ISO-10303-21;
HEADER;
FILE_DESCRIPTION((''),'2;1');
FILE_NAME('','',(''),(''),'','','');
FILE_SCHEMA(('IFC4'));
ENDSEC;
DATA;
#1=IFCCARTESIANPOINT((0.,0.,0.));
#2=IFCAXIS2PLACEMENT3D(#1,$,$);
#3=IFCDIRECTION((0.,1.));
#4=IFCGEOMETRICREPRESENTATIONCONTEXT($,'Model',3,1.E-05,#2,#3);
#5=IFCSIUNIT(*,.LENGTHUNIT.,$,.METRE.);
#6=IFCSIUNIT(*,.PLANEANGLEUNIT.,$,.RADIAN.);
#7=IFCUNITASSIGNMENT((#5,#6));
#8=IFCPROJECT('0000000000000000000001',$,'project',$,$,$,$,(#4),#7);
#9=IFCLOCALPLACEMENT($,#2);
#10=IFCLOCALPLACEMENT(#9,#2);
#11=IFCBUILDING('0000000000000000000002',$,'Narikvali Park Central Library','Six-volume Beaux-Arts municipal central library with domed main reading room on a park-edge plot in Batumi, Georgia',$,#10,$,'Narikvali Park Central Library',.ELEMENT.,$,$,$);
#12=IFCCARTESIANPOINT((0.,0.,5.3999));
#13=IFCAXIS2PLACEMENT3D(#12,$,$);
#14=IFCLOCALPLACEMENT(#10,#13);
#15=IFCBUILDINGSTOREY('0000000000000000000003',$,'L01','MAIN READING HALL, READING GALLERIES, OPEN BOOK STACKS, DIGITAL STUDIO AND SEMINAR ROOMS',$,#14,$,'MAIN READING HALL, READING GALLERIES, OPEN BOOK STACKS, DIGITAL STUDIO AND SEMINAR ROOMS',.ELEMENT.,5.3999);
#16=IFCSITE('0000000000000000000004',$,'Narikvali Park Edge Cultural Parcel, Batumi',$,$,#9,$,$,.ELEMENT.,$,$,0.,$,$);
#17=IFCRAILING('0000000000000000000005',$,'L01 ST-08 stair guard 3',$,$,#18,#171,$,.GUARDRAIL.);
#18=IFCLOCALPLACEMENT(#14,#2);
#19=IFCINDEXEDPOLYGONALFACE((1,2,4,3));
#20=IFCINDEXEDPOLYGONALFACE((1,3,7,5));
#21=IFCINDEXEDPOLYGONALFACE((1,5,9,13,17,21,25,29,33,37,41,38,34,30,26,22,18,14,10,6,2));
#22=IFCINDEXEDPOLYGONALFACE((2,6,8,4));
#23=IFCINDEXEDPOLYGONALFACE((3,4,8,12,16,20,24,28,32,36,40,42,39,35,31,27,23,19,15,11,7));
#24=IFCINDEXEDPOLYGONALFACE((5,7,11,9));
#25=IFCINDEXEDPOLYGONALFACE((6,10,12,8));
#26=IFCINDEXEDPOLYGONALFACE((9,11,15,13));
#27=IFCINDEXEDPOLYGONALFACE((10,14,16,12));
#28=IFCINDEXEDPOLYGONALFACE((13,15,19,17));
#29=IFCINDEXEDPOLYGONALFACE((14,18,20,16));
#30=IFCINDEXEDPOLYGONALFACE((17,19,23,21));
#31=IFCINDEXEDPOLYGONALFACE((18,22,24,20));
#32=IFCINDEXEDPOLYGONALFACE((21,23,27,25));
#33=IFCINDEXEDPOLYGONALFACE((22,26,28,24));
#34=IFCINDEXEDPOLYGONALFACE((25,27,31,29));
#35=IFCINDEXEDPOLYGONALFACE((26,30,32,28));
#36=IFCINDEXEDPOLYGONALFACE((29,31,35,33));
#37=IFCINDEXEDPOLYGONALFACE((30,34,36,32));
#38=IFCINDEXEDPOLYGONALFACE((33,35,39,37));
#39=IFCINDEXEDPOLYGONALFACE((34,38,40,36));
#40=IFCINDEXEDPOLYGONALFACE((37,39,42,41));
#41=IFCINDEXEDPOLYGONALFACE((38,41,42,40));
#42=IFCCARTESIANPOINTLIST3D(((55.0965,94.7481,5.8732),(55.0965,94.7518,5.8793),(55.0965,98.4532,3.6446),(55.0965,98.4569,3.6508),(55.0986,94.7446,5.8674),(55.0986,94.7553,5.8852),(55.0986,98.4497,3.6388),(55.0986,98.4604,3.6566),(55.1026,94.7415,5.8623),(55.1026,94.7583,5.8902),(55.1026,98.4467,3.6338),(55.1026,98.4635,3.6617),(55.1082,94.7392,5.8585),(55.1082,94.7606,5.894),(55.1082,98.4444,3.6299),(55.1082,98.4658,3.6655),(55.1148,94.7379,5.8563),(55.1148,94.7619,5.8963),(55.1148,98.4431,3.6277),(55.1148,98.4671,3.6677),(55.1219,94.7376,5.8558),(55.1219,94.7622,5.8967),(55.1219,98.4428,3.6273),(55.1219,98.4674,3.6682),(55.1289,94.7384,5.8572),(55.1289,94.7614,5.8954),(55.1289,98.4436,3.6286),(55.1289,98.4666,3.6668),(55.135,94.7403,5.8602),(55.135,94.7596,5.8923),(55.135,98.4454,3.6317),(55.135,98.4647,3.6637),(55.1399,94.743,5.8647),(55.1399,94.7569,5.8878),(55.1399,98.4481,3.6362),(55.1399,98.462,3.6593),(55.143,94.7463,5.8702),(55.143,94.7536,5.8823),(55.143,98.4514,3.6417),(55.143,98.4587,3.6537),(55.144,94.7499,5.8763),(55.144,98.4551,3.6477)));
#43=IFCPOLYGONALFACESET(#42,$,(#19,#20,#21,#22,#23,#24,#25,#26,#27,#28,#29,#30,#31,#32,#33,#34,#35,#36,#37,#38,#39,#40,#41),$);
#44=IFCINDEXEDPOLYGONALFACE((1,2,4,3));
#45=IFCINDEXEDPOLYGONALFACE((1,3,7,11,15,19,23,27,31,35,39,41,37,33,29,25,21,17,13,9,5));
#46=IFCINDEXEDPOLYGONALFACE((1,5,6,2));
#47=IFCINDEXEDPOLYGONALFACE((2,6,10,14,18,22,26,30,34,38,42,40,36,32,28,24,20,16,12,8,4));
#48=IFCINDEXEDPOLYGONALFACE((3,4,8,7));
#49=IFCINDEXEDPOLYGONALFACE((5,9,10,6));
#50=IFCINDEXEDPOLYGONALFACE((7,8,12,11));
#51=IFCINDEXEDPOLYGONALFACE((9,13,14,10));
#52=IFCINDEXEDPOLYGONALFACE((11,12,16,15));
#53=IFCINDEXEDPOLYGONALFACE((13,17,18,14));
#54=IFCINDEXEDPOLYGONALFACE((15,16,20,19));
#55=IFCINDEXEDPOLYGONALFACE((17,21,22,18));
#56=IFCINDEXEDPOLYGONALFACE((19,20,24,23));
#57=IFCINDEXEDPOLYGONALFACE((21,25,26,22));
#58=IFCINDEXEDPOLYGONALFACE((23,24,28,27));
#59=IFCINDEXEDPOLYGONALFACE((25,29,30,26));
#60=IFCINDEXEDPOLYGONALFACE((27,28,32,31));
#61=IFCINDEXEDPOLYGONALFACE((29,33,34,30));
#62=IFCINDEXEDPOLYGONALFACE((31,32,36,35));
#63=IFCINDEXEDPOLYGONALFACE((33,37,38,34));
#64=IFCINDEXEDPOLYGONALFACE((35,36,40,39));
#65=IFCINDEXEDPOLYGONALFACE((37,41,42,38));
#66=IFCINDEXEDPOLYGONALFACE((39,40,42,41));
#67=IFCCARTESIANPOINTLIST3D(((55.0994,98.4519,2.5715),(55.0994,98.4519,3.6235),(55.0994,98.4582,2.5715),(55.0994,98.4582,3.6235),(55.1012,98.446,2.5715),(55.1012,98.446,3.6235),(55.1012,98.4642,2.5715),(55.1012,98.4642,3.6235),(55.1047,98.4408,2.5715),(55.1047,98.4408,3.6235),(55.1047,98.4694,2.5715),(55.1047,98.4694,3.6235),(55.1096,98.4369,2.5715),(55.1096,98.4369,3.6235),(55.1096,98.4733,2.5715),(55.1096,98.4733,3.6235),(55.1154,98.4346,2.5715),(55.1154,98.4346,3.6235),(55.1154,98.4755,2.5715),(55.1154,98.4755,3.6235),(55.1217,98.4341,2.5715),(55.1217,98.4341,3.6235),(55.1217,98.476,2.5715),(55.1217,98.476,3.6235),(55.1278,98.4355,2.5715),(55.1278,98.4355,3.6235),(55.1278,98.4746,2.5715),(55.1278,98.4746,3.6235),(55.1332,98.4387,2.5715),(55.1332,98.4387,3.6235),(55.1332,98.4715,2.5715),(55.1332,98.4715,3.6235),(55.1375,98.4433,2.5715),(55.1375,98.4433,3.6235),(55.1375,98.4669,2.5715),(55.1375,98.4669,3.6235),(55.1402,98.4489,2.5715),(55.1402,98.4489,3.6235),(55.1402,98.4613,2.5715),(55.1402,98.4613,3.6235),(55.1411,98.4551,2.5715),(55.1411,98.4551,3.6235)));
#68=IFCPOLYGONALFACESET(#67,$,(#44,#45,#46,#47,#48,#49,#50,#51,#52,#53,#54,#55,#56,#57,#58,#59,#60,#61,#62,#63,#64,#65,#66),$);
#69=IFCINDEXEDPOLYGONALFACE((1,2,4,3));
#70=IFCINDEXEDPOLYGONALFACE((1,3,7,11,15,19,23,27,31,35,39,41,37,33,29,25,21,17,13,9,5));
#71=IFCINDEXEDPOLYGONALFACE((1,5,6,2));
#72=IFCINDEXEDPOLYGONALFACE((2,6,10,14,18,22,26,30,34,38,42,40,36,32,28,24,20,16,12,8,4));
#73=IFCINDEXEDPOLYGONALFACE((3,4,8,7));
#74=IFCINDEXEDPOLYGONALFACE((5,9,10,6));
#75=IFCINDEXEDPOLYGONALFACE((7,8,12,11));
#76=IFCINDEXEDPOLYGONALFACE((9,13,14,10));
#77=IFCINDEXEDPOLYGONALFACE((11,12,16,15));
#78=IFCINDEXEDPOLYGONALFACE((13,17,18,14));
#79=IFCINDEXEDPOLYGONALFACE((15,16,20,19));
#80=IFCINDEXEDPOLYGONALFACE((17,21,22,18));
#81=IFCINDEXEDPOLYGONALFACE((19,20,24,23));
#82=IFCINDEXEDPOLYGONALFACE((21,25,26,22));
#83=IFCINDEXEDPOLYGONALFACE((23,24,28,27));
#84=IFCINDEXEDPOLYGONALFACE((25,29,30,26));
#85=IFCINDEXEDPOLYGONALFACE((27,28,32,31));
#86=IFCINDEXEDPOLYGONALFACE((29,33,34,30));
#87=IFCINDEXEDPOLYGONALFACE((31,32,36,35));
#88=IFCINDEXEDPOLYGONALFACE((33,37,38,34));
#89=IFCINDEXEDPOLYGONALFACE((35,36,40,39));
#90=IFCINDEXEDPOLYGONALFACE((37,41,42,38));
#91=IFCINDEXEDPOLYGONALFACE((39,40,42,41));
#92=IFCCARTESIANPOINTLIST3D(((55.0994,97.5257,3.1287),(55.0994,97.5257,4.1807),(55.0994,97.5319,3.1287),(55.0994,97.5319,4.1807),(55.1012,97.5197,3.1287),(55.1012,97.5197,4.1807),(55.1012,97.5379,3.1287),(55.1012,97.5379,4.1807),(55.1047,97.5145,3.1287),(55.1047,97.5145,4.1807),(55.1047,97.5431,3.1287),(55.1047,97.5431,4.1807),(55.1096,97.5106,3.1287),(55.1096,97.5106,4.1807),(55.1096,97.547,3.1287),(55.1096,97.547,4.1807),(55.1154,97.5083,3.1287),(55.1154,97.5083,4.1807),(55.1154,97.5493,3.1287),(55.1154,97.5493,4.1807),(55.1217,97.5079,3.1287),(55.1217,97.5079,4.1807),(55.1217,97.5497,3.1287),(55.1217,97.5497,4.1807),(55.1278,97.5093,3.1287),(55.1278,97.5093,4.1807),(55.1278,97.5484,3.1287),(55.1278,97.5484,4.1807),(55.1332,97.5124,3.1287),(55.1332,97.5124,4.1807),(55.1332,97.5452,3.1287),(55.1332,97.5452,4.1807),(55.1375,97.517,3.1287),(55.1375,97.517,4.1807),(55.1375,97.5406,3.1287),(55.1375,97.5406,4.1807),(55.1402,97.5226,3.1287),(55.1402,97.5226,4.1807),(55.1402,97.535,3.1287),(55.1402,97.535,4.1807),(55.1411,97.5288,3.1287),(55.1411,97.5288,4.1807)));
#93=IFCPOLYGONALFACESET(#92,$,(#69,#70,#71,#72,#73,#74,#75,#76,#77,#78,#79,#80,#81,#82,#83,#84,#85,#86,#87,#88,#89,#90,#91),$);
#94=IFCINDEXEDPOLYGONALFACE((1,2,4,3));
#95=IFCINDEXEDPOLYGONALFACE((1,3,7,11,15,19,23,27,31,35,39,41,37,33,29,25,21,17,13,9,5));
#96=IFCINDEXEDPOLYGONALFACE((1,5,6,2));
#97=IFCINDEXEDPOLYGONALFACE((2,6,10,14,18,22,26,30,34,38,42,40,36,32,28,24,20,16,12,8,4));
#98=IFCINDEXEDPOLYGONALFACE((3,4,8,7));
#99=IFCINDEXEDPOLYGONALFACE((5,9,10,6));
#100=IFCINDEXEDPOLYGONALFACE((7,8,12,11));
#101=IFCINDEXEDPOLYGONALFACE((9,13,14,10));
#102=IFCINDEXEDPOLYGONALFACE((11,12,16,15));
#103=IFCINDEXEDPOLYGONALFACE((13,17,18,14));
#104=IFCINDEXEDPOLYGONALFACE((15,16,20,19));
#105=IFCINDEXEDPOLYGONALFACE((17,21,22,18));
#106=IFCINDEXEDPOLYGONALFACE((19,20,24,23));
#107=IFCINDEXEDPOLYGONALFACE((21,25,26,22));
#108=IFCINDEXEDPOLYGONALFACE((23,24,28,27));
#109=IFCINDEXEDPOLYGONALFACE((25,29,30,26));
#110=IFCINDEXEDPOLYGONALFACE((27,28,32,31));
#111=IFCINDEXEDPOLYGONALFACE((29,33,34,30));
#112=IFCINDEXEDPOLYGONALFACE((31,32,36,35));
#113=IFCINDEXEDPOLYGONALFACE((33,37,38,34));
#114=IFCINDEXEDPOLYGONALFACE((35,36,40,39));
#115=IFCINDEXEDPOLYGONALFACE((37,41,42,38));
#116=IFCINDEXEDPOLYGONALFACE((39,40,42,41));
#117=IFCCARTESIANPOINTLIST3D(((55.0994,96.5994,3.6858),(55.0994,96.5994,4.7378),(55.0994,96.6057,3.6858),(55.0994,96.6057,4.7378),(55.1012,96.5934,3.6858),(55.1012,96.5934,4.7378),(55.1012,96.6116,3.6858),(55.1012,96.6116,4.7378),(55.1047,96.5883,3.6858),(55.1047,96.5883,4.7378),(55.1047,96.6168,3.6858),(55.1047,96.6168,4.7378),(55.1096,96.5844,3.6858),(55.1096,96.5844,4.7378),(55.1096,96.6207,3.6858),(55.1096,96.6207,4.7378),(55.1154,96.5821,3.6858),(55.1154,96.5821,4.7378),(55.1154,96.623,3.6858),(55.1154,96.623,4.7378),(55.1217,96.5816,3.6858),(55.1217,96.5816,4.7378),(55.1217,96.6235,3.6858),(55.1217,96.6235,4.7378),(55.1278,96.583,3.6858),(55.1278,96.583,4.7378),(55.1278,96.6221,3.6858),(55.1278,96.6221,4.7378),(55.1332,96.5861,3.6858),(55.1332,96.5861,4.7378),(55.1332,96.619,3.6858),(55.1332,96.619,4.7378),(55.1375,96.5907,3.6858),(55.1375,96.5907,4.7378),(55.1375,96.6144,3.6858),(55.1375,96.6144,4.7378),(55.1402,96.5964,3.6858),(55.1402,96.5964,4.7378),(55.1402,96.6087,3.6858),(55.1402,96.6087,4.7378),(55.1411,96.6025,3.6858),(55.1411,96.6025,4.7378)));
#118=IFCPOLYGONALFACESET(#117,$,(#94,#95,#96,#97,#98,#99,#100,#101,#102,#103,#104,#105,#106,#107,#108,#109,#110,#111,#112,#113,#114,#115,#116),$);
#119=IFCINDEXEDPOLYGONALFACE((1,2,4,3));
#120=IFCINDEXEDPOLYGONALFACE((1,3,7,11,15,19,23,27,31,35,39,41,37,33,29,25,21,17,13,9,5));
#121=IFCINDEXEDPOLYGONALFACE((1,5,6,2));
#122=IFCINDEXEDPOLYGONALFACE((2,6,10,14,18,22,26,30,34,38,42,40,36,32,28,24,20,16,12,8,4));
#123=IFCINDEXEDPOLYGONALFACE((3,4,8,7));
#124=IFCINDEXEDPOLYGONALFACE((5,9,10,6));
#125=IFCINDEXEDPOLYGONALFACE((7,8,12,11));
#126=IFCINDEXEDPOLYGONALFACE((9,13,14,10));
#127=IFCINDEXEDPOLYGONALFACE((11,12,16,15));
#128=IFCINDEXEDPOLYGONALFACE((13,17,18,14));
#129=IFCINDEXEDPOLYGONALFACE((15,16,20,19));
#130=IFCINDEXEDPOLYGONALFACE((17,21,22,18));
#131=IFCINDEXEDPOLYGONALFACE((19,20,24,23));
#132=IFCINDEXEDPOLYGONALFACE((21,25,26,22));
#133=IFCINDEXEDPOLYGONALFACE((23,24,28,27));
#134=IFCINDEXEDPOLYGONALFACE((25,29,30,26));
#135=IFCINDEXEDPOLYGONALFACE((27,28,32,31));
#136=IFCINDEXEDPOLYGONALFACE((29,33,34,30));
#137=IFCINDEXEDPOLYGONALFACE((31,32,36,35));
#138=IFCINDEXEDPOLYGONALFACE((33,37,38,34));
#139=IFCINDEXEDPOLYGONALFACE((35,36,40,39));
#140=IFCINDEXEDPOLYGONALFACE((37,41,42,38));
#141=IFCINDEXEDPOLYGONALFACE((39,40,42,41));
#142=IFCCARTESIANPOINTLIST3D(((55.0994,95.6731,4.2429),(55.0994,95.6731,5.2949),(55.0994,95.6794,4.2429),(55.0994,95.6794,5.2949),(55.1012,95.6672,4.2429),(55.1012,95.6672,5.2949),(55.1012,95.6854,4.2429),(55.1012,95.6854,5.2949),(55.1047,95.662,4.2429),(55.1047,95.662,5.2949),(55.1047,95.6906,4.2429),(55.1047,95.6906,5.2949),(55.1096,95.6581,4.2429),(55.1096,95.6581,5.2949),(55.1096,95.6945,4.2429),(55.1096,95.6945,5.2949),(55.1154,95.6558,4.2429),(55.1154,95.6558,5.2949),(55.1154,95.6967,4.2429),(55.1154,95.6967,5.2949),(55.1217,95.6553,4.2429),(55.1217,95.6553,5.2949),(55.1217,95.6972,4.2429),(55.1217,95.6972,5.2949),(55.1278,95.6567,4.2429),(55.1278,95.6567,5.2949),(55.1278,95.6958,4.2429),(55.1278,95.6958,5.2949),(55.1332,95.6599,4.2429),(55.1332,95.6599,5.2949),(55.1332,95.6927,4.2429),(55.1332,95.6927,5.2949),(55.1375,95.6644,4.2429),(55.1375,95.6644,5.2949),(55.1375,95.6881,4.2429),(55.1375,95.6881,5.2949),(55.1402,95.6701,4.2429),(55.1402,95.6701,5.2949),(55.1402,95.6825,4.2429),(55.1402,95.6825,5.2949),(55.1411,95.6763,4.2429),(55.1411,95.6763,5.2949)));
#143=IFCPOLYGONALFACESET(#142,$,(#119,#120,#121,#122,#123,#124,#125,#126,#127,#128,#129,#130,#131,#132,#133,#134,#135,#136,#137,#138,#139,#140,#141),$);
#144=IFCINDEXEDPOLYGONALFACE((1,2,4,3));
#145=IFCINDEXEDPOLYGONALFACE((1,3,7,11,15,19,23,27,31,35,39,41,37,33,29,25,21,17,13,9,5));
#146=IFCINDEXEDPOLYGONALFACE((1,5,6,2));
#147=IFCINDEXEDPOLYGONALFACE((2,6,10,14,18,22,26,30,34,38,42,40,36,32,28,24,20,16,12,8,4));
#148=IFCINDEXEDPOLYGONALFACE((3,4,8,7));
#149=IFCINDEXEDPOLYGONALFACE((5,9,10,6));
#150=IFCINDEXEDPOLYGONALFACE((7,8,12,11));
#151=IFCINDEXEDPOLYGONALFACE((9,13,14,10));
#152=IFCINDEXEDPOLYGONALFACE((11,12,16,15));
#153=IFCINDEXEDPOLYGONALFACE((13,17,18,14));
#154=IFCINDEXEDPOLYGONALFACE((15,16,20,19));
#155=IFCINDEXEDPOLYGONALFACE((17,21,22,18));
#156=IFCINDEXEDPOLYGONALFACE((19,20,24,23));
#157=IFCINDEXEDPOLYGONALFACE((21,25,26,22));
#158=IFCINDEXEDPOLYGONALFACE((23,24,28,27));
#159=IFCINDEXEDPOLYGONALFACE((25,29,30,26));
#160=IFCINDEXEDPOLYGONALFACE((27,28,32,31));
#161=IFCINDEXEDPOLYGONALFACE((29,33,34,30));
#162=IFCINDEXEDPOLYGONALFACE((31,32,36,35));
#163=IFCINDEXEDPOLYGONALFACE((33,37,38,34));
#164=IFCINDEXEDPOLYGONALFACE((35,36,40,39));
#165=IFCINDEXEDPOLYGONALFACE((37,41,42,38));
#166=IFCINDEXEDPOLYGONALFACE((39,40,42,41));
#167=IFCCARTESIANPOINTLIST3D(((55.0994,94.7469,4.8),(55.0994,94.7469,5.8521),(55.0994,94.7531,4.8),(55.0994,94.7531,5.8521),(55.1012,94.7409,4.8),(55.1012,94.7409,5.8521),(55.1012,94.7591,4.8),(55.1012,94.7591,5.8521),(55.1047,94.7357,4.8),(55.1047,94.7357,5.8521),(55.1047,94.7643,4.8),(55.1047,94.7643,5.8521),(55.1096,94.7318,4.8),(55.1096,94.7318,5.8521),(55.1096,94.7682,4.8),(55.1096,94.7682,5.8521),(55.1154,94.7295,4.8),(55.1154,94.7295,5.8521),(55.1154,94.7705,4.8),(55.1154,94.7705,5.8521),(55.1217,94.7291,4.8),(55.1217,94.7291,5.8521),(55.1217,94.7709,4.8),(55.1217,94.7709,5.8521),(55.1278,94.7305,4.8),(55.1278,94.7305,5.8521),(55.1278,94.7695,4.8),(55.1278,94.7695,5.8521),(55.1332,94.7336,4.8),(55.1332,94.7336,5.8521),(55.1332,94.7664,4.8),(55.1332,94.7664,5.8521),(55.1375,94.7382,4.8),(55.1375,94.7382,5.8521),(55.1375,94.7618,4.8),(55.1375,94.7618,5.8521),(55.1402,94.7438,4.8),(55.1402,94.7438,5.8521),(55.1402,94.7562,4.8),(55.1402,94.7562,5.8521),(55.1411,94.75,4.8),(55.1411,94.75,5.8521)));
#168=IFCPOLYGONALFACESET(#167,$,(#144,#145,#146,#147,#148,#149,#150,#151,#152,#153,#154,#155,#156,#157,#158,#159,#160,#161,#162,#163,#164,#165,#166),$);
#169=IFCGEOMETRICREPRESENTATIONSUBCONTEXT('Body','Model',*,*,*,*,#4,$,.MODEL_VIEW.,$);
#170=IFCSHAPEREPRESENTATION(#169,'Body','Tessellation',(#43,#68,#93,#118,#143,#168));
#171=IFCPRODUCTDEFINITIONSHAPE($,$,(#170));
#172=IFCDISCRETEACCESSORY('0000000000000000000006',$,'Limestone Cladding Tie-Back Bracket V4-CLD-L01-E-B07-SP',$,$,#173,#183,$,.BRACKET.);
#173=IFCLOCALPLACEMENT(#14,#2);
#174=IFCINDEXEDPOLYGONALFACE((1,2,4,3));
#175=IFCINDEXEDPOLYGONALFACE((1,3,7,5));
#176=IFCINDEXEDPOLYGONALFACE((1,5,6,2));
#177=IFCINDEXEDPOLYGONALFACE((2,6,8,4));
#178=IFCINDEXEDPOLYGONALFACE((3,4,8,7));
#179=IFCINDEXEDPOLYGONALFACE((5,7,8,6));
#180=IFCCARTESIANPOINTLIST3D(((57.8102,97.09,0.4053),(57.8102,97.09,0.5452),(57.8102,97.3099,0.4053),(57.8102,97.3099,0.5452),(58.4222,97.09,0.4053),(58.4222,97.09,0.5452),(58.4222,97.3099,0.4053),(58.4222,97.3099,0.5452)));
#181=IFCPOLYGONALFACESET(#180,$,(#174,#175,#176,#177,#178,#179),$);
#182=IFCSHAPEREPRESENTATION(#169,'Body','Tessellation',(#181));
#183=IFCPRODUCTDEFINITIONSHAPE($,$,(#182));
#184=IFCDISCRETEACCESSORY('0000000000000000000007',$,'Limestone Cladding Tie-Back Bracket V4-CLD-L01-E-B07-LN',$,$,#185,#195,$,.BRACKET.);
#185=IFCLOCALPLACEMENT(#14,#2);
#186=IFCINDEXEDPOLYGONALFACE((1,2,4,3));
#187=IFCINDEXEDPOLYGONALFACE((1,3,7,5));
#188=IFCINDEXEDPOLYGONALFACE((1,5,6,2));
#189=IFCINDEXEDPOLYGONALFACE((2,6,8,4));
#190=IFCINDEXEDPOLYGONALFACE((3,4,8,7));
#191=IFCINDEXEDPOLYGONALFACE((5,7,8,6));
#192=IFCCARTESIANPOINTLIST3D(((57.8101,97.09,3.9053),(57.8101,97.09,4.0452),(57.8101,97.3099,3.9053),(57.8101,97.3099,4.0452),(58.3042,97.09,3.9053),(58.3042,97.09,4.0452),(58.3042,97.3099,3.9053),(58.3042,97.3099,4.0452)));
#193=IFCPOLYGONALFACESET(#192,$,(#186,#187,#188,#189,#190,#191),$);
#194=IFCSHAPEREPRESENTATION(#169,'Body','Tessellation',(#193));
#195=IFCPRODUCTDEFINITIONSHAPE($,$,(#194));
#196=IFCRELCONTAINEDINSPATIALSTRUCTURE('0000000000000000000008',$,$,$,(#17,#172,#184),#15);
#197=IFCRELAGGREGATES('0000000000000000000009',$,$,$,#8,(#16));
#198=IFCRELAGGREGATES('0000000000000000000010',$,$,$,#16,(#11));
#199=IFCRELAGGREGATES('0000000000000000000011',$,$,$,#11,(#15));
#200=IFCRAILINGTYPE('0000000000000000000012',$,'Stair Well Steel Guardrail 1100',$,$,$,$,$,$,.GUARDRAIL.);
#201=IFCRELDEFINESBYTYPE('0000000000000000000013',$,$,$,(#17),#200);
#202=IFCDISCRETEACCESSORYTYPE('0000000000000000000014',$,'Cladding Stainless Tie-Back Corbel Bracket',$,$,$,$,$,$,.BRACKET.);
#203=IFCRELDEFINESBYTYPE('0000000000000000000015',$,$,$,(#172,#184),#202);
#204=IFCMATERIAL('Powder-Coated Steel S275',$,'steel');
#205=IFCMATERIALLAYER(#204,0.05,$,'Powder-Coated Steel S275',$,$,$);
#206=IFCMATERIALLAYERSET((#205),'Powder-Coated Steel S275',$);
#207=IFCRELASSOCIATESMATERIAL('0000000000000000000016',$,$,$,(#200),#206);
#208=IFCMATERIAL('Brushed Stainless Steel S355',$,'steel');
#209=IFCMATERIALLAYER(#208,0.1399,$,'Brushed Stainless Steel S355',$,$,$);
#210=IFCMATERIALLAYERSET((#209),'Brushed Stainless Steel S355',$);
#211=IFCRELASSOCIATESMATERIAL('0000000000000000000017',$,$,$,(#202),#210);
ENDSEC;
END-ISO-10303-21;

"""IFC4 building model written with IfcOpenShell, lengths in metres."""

from ifc_helpers import new_model, si_unit, direction, frame, origin, origin_2d, place, context, subcontext, project, spatial, rectangle, circle, extrude, material, layer, layer_set, type_object, element, save


model = new_model("IFC4")

# Units and contexts
model_context = context("Model", 3, precision=1e-05, world=origin(), true_north=direction((0.0, 1.0)))
body_context = subcontext(model_context, "Body", "Model", "MODEL_VIEW")
ifc_project = project(units=[si_unit("LENGTHUNIT", "METRE"), si_unit("PLANEANGLEUNIT", "RADIAN")], contexts=[model_context])

# Site, building, storey
site_placement = place(None, origin())
site = spatial("IfcSite", under=ifc_project, at=site_placement, Name="Narikvali Park Edge Cultural Parcel, Batumi", CompositionType="ELEMENT", RefElevation=0.0)
building_placement = place(site_placement, origin())
building = spatial("IfcBuilding", under=site, at=building_placement, Name="Narikvali Park Central Library", Description="Six-volume Beaux-Arts municipal central library with domed main reading room on a park-edge plot in Batumi, Georgia", LongName="Narikvali Park Central Library", CompositionType="ELEMENT")
storey_placement = place(building_placement, frame((0.0, 0.0, 5.3999)))
storey = spatial("IfcBuildingStorey", under=building, at=storey_placement, Name="L01", Description="MAIN READING HALL, READING GALLERIES, OPEN BOOK STACKS, DIGITAL STUDIO AND SEMINAR ROOMS", LongName="MAIN READING HALL, READING GALLERIES, OPEN BOOK STACKS, DIGITAL STUDIO AND SEMINAR ROOMS", CompositionType="ELEMENT", Elevation=5.3999)

# Shared definitions
ifc_material_1 = material(Name="Brushed Stainless Steel S355", Category="steel")

# Railing
ifc_material_2 = material(Name="Powder-Coated Steel S275", Category="steel")
ifc_layer_1 = layer(ifc_material_2, 0.05, Name="Powder-Coated Steel S275")
ifc_layer_set_1 = layer_set([ifc_layer_1], Name="Powder-Coated Steel S275")
railing_type_1 = type_object("IfcRailingType", Name="Stair Well Steel Guardrail 1100", PredefinedType="GUARDRAIL", material=ifc_layer_set_1)
railing_1_placement = place(storey_placement, frame((55.1201, 98.4551, 2.5715)))
element("IfcRailing", 1, at=railing_1_placement, inside=storey, type_object=railing_type_1, Name="L01 ST-08 stair guard 3", PredefinedType="GUARDRAIL", context=body_context, shape_type="SweptSolid", body=[
    extrude(circle(Radius=0.0239, at=origin_2d()), frame((0.0, 0.0, 1.0762), z_axis=(0.0, -0.856934, 0.515425), x_axis=(1.0, 0.0, 0.0)), (0.0, 0.0, 1.0), 4.3237),
    extrude(circle(Radius=0.021, at=origin_2d()), origin(), (0.0, 0.0, 1.0), 1.052),
    extrude(circle(Radius=0.021, at=origin_2d()), frame((0.0, -0.9263, 0.5571)), (0.0, 0.0, 1.0), 1.052),
    extrude(circle(Radius=0.021, at=origin_2d()), frame((0.0, -1.8525, 1.1143)), (0.0, 0.0, 1.0), 1.052),
    extrude(circle(Radius=0.021, at=origin_2d()), frame((0.0, -2.7788, 1.6714)), (0.0, 0.0, 1.0), 1.052),
    extrude(circle(Radius=0.021, at=origin_2d()), frame((0.0, -3.7051, 2.2285)), (0.0, 0.0, 1.0), 1.052),
])

# Discrete accessories
ifc_layer_2 = layer(ifc_material_1, 0.1399, Name="Brushed Stainless Steel S355")
ifc_layer_set_2 = layer_set([ifc_layer_2], Name="Brushed Stainless Steel S355")
discrete_accessory_type = type_object("IfcDiscreteAccessoryType", Name="Cladding Stainless Tie-Back Corbel Bracket", PredefinedType="BRACKET", material=ifc_layer_set_2)
discrete_accessory_1_placement = place(storey_placement, frame((58.1162, 97.2, 0.4053), z_axis=(0.0, 0.0, 1.0), x_axis=(1.0, 0.0, 0.0)))
element("IfcDiscreteAccessory", 2, at=discrete_accessory_1_placement, inside=storey, type_object=discrete_accessory_type, Name="Limestone Cladding Tie-Back Bracket V4-CLD-L01-E-B07-SP", PredefinedType="BRACKET", context=body_context, shape_type="SweptSolid", body=[
    extrude(rectangle(XDim=0.6121, YDim=0.22, at=origin_2d()), origin(), (0.0, 0.0, 1.0), 0.1399),
])
discrete_accessory_2_placement = place(storey_placement, frame((58.0571, 97.2, 3.9053), z_axis=(0.0, 0.0, 1.0), x_axis=(1.0, 0.0, 0.0)))
element("IfcDiscreteAccessory", 3, at=discrete_accessory_2_placement, inside=storey, type_object=discrete_accessory_type, Name="Limestone Cladding Tie-Back Bracket V4-CLD-L01-E-B07-LN", PredefinedType="BRACKET", context=body_context, shape_type="SweptSolid", body=[
    extrude(rectangle(XDim=0.4941, YDim=0.22, at=origin_2d()), origin(), (0.0, 0.0, 1.0), 0.1399),
])

save(model, "model.ifc")
